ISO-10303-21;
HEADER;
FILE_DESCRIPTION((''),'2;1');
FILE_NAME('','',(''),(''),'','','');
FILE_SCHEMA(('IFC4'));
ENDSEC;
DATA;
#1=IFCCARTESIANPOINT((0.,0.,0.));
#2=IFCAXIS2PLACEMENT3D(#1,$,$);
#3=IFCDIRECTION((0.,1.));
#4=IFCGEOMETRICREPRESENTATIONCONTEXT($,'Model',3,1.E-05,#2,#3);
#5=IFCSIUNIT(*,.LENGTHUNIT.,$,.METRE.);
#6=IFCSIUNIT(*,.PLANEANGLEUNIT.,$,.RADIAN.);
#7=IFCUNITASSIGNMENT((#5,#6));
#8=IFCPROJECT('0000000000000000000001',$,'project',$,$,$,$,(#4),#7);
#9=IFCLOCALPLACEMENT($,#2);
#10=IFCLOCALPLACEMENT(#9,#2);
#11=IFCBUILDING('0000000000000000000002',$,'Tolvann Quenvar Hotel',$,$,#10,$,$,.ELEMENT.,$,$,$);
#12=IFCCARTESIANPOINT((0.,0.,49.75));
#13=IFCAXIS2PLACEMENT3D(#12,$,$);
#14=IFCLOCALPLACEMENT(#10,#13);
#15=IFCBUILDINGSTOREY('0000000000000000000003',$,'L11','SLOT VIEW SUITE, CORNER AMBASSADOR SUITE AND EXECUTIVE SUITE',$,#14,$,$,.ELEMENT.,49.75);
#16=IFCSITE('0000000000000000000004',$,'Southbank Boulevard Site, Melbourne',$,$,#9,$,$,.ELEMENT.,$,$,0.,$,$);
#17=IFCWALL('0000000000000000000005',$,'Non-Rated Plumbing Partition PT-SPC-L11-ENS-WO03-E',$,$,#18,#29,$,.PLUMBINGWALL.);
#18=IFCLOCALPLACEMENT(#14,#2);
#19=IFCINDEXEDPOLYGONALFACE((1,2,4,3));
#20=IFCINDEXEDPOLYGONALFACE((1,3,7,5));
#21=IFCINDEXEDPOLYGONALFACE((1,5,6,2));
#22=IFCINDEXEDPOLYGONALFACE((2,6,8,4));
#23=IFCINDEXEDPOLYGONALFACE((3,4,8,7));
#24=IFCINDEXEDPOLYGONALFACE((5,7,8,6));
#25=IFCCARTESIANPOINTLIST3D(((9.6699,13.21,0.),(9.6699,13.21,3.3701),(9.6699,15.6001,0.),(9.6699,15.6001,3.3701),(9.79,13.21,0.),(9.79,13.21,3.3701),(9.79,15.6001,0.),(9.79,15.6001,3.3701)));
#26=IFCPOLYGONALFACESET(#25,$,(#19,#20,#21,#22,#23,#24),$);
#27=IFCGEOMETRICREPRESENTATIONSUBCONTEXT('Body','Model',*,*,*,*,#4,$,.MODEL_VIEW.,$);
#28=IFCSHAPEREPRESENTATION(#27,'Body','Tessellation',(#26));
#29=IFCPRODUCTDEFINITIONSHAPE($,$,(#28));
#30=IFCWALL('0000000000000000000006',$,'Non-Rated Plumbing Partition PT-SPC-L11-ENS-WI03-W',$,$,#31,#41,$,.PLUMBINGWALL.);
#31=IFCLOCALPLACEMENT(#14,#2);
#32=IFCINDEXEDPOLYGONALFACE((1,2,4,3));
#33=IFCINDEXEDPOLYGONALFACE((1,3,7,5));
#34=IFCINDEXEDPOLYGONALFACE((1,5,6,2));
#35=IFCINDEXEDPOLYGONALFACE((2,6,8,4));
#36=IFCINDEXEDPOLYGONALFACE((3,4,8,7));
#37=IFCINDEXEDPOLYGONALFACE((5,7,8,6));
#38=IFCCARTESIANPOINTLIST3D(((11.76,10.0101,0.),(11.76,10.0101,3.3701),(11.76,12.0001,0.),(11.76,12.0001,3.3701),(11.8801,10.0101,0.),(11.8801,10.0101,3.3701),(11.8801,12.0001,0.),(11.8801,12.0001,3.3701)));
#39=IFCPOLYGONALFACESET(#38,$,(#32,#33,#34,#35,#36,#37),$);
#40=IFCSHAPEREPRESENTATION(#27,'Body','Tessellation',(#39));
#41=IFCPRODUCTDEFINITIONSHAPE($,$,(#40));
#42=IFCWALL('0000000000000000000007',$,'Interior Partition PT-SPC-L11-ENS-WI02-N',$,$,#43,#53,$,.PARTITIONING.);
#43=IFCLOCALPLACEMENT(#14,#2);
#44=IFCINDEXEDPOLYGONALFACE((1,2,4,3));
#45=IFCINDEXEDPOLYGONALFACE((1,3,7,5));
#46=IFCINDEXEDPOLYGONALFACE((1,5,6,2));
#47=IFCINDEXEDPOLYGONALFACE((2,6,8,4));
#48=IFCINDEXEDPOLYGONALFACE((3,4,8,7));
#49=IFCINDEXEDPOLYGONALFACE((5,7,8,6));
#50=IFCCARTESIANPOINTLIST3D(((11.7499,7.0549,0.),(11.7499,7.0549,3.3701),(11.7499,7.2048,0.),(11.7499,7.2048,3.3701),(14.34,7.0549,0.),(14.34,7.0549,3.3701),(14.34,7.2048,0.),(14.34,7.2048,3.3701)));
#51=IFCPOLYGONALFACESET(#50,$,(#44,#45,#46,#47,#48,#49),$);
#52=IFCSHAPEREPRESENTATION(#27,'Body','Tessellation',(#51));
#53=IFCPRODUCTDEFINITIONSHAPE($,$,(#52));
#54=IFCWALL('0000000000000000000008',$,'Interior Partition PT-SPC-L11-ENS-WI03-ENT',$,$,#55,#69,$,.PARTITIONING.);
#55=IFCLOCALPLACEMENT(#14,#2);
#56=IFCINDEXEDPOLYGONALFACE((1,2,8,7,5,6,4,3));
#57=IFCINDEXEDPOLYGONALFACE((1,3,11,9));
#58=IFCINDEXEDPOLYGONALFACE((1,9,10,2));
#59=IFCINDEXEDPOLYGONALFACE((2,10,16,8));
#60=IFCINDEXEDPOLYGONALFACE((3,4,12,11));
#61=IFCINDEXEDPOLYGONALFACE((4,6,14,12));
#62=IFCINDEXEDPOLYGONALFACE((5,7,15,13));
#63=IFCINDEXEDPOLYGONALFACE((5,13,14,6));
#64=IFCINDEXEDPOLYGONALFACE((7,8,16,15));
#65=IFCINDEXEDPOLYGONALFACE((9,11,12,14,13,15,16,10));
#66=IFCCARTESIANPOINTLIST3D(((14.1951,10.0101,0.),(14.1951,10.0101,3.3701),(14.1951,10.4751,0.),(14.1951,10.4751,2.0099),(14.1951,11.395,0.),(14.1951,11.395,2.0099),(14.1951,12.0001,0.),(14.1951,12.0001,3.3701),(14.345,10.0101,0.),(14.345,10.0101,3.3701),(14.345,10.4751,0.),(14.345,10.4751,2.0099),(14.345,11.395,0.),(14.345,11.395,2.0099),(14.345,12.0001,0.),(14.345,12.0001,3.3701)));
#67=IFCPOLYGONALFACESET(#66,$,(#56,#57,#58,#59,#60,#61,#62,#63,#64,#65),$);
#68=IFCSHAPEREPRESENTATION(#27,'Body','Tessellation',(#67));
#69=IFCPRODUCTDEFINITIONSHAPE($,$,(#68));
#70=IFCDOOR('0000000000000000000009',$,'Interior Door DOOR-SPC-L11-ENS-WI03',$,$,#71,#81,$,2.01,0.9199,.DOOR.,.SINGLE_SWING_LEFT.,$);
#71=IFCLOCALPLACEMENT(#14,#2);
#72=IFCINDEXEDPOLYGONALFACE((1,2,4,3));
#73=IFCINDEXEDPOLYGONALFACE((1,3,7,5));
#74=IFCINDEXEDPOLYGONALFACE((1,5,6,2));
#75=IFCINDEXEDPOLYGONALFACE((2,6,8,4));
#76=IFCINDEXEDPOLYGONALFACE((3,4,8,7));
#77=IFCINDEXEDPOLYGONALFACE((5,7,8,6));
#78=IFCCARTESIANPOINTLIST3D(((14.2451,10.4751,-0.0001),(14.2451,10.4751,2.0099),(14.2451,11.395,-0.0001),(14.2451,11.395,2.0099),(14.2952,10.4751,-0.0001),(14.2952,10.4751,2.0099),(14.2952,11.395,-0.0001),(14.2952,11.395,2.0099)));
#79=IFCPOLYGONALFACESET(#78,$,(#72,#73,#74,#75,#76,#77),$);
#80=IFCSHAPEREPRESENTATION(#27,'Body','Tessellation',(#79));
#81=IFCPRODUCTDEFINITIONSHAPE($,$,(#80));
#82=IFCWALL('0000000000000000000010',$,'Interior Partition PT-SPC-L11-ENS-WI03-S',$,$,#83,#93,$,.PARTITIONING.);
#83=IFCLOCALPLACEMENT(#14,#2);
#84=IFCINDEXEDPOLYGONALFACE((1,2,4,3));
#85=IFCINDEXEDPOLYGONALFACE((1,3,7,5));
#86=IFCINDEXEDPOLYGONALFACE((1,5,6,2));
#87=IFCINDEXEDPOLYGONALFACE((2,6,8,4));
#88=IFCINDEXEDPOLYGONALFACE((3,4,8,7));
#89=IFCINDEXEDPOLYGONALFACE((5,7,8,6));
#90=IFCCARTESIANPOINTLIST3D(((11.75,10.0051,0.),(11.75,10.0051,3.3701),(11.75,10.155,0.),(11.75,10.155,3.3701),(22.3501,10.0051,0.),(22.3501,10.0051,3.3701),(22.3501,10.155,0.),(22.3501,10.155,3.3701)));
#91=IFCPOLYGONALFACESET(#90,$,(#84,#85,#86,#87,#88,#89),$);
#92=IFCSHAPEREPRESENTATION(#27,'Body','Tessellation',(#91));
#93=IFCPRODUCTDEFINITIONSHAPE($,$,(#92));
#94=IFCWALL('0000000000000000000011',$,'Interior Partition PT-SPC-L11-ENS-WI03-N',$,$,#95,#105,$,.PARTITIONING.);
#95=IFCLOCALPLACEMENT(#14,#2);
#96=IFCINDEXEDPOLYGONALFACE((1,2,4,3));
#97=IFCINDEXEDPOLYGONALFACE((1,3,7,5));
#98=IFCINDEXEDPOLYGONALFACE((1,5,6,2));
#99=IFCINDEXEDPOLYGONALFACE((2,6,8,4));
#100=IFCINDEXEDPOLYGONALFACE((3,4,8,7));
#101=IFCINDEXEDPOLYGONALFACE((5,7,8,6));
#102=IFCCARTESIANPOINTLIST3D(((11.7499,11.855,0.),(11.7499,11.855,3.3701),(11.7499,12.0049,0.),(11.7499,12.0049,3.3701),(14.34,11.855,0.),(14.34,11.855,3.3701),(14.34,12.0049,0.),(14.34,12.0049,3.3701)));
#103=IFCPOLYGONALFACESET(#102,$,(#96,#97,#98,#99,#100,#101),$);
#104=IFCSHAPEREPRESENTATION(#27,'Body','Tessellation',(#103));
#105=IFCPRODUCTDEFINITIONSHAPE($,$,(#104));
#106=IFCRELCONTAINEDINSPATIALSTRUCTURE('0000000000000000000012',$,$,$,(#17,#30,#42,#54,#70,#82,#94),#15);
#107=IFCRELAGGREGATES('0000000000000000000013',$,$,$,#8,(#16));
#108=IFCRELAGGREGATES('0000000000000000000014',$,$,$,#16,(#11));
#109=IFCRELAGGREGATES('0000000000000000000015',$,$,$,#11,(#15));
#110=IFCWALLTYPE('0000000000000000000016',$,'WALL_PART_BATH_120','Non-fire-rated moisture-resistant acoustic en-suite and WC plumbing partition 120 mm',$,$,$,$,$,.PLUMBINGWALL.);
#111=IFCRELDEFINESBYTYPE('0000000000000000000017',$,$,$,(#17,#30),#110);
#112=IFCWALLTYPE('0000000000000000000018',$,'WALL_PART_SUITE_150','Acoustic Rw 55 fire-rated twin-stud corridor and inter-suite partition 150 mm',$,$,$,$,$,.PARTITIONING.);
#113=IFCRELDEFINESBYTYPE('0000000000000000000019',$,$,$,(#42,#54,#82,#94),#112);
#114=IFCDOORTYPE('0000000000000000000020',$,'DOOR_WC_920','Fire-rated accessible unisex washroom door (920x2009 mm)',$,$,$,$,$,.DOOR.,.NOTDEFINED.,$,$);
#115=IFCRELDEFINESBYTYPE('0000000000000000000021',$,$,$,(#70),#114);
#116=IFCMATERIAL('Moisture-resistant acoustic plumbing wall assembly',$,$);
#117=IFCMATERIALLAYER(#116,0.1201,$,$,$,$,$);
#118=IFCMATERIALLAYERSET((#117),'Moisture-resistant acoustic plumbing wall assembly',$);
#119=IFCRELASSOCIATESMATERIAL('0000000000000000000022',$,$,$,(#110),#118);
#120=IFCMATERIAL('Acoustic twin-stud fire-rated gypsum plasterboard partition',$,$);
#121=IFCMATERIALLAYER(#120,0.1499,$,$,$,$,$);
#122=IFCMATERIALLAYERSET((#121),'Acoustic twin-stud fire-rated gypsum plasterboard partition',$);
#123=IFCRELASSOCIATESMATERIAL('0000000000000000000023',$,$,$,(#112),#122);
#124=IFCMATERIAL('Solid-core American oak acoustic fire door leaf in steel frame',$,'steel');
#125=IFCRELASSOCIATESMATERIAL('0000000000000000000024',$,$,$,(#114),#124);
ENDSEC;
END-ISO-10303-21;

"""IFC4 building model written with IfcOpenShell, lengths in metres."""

from ifc_helpers import new_model, si_unit, direction, frame, frame_2d, origin, place, context, subcontext, project, spatial, rectangle, extrude, source, transform, mapped, material, layer, layer_set, type_object, type_shapes, element, fill, save


model = new_model("IFC4")

# Units and contexts
model_context = context("Model", 3, precision=1e-05, world=origin(), true_north=direction((0.0, 1.0)))
body_context = subcontext(model_context, "Body", "Model", "MODEL_VIEW")
ifc_project = project(units=[si_unit("LENGTHUNIT", "METRE"), si_unit("PLANEANGLEUNIT", "RADIAN")], contexts=[model_context])

# Site, building, storey
site_placement = place(None, origin())
site = spatial("IfcSite", under=ifc_project, at=site_placement, Name="Southbank Boulevard Site, Melbourne", CompositionType="ELEMENT", RefElevation=0.0)
building_placement = place(site_placement, origin())
building = spatial("IfcBuilding", under=site, at=building_placement, Name="Tolvann Quenvar Hotel", CompositionType="ELEMENT")
storey_placement = place(building_placement, frame((0.0, 0.0, 49.75)))
storey = spatial("IfcBuildingStorey", under=building, at=storey_placement, Name="L11", Description="SLOT VIEW SUITE, CORNER AMBASSADOR SUITE AND EXECUTIVE SUITE", CompositionType="ELEMENT", Elevation=49.75)

# Walls
ifc_material_1 = material(Name="Moisture-resistant acoustic plumbing wall assembly")
ifc_layer_1 = layer(ifc_material_1, 0.1201)
ifc_layer_set_1 = layer_set([ifc_layer_1], Name="Moisture-resistant acoustic plumbing wall assembly")
wall_type_1 = type_object("IfcWallType", Name="WALL_PART_BATH_120", Description="Non-fire-rated moisture-resistant acoustic en-suite and WC plumbing partition 120 mm", PredefinedType="PLUMBINGWALL", material=ifc_layer_set_1)
wall_1_placement = place(storey_placement, frame((9.73, 13.21, 0.0), z_axis=(0.0, 0.0, 1.0), x_axis=(0.0, 1.0, 0.0)))
element("IfcWall", 1, at=wall_1_placement, inside=storey, type_object=wall_type_1, Name="Non-Rated Plumbing Partition PT-SPC-L11-ENS-WO03-E", PredefinedType="PLUMBINGWALL", context=body_context, shape_type="SweptSolid", body=[
    extrude(rectangle(XDim=2.3901, YDim=0.1201, at=frame_2d((1.1951, 0.0))), origin(), (0.0, 0.0, 1.0), 3.3701),
])
wall_2_placement = place(storey_placement, frame((11.8201, 10.01, 0.0), z_axis=(0.0, 0.0, 1.0), x_axis=(0.0, 1.0, 0.0)))
element("IfcWall", 2, at=wall_2_placement, inside=storey, type_object=wall_type_1, Name="Non-Rated Plumbing Partition PT-SPC-L11-ENS-WI03-W", PredefinedType="PLUMBINGWALL", context=body_context, shape_type="SweptSolid", body=[
    extrude(rectangle(XDim=1.99, YDim=0.1201, at=frame_2d((0.9951, 0.0))), origin(), (0.0, 0.0, 1.0), 3.3701),
])
ifc_material_2 = material(Name="Acoustic twin-stud fire-rated gypsum plasterboard partition")
ifc_layer_2 = layer(ifc_material_2, 0.1499)
ifc_layer_set_2 = layer_set([ifc_layer_2], Name="Acoustic twin-stud fire-rated gypsum plasterboard partition")
wall_type_2 = type_object("IfcWallType", Name="WALL_PART_SUITE_150", Description="Acoustic Rw 55 fire-rated twin-stud corridor and inter-suite partition 150 mm", PredefinedType="PARTITIONING", material=ifc_layer_set_2)
wall_3_placement = place(storey_placement, frame((11.75, 7.1299, 0.0), z_axis=(0.0, 0.0, 1.0), x_axis=(1.0, 0.0, 0.0)))
element("IfcWall", 3, at=wall_3_placement, inside=storey, type_object=wall_type_2, Name="Interior Partition PT-SPC-L11-ENS-WI02-N", PredefinedType="PARTITIONING", context=body_context, shape_type="SweptSolid", body=[
    extrude(rectangle(XDim=2.5901, YDim=0.1499, at=frame_2d((1.2949, 0.0))), origin(), (0.0, 0.0, 1.0), 3.3701),
])

# Wall, opening, door
wall_4_placement = place(storey_placement, frame((14.27, 10.01, 0.0), z_axis=(0.0, 0.0, 1.0), x_axis=(0.0, 1.0, 0.0)))
wall_4 = element("IfcWall", 4, at=wall_4_placement, inside=storey, type_object=wall_type_2, Name="Interior Partition PT-SPC-L11-ENS-WI03-ENT", PredefinedType="PARTITIONING", context=body_context, shape_type="SweptSolid", body=[
    extrude(rectangle(XDim=1.99, YDim=0.1499, at=frame_2d((0.9951, 0.0))), origin(), (0.0, 0.0, 1.0), 3.3701),
])
opening_1_placement = place(wall_4_placement, frame((0.4651, 0.0, 0.0)))
opening_1 = element("IfcOpeningElement", 5, at=opening_1_placement, cuts=wall_4, PredefinedType="OPENING", context=body_context, shape_type="SweptSolid", body=[
    extrude(rectangle(XDim=0.9199, YDim=2.01, at=frame_2d((0.46, 1.0049))), frame((0.0, 0.085, 0.0), z_axis=(0.0, -1.0, 0.0), x_axis=(1.0, 0.0, 0.0)), (0.0, 0.0, 1.0), 0.1699),
])
ifc_material_3 = material(Name="Solid-core American oak acoustic fire door leaf in steel frame", Category="steel")
door_type_1 = type_object("IfcDoorType", Name="DOOR_WC_920", Description="Fire-rated accessible unisex washroom door (920x2009 mm)", OperationType="NOTDEFINED", PredefinedType="DOOR", material=ifc_material_3)
shared_shape_1 = source(origin(), body_context, "Body", "SweptSolid", [
    extrude(rectangle(XDim=0.9199, YDim=2.01, at=frame_2d((0.46, 1.0049))), frame((0.0, 0.0249, 0.0), z_axis=(0.0, -1.0, 0.0), x_axis=(1.0, 0.0, 0.0)), (0.0, 0.0, 1.0), 0.05),
])
type_shapes(door_type_1, [shared_shape_1])
door_1_placement = place(opening_1_placement, origin())
door_1 = element("IfcDoor", 6, at=door_1_placement, inside=storey, type_object=door_type_1, Name="Interior Door DOOR-SPC-L11-ENS-WI03", OperationType="SINGLE_SWING_LEFT", OverallHeight=2.01, OverallWidth=0.9199, PredefinedType="DOOR", context=body_context, shape_type="MappedRepresentation", body=[
    mapped(shared_shape_1, transform((0.0, 0.0, 0.0), x_axis=(1.0, 0.0, 0.0), y_axis=(0.0, 1.0, 0.0), z_axis=(0.0, 0.0, 1.0), scale=1.0)),
])
fill(opening_1, door_1)

# Walls
wall_5_placement = place(storey_placement, frame((11.75, 10.0801, 0.0), z_axis=(0.0, 0.0, 1.0), x_axis=(1.0, 0.0, 0.0)))
element("IfcWall", 7, at=wall_5_placement, inside=storey, type_object=wall_type_2, Name="Interior Partition PT-SPC-L11-ENS-WI03-S", PredefinedType="PARTITIONING", context=body_context, shape_type="SweptSolid", body=[
    extrude(rectangle(XDim=10.6001, YDim=0.1499, at=frame_2d((5.3, 0.0))), origin(), (0.0, 0.0, 1.0), 3.3701),
])
wall_6_placement = place(storey_placement, frame((11.75, 11.9299, 0.0), z_axis=(0.0, 0.0, 1.0), x_axis=(1.0, 0.0, 0.0)))
element("IfcWall", 8, at=wall_6_placement, inside=storey, type_object=wall_type_2, Name="Interior Partition PT-SPC-L11-ENS-WI03-N", PredefinedType="PARTITIONING", context=body_context, shape_type="SweptSolid", body=[
    extrude(rectangle(XDim=2.5901, YDim=0.1499, at=frame_2d((1.2949, 0.0))), origin(), (0.0, 0.0, 1.0), 3.3701),
])

save(model, "model.ifc")
